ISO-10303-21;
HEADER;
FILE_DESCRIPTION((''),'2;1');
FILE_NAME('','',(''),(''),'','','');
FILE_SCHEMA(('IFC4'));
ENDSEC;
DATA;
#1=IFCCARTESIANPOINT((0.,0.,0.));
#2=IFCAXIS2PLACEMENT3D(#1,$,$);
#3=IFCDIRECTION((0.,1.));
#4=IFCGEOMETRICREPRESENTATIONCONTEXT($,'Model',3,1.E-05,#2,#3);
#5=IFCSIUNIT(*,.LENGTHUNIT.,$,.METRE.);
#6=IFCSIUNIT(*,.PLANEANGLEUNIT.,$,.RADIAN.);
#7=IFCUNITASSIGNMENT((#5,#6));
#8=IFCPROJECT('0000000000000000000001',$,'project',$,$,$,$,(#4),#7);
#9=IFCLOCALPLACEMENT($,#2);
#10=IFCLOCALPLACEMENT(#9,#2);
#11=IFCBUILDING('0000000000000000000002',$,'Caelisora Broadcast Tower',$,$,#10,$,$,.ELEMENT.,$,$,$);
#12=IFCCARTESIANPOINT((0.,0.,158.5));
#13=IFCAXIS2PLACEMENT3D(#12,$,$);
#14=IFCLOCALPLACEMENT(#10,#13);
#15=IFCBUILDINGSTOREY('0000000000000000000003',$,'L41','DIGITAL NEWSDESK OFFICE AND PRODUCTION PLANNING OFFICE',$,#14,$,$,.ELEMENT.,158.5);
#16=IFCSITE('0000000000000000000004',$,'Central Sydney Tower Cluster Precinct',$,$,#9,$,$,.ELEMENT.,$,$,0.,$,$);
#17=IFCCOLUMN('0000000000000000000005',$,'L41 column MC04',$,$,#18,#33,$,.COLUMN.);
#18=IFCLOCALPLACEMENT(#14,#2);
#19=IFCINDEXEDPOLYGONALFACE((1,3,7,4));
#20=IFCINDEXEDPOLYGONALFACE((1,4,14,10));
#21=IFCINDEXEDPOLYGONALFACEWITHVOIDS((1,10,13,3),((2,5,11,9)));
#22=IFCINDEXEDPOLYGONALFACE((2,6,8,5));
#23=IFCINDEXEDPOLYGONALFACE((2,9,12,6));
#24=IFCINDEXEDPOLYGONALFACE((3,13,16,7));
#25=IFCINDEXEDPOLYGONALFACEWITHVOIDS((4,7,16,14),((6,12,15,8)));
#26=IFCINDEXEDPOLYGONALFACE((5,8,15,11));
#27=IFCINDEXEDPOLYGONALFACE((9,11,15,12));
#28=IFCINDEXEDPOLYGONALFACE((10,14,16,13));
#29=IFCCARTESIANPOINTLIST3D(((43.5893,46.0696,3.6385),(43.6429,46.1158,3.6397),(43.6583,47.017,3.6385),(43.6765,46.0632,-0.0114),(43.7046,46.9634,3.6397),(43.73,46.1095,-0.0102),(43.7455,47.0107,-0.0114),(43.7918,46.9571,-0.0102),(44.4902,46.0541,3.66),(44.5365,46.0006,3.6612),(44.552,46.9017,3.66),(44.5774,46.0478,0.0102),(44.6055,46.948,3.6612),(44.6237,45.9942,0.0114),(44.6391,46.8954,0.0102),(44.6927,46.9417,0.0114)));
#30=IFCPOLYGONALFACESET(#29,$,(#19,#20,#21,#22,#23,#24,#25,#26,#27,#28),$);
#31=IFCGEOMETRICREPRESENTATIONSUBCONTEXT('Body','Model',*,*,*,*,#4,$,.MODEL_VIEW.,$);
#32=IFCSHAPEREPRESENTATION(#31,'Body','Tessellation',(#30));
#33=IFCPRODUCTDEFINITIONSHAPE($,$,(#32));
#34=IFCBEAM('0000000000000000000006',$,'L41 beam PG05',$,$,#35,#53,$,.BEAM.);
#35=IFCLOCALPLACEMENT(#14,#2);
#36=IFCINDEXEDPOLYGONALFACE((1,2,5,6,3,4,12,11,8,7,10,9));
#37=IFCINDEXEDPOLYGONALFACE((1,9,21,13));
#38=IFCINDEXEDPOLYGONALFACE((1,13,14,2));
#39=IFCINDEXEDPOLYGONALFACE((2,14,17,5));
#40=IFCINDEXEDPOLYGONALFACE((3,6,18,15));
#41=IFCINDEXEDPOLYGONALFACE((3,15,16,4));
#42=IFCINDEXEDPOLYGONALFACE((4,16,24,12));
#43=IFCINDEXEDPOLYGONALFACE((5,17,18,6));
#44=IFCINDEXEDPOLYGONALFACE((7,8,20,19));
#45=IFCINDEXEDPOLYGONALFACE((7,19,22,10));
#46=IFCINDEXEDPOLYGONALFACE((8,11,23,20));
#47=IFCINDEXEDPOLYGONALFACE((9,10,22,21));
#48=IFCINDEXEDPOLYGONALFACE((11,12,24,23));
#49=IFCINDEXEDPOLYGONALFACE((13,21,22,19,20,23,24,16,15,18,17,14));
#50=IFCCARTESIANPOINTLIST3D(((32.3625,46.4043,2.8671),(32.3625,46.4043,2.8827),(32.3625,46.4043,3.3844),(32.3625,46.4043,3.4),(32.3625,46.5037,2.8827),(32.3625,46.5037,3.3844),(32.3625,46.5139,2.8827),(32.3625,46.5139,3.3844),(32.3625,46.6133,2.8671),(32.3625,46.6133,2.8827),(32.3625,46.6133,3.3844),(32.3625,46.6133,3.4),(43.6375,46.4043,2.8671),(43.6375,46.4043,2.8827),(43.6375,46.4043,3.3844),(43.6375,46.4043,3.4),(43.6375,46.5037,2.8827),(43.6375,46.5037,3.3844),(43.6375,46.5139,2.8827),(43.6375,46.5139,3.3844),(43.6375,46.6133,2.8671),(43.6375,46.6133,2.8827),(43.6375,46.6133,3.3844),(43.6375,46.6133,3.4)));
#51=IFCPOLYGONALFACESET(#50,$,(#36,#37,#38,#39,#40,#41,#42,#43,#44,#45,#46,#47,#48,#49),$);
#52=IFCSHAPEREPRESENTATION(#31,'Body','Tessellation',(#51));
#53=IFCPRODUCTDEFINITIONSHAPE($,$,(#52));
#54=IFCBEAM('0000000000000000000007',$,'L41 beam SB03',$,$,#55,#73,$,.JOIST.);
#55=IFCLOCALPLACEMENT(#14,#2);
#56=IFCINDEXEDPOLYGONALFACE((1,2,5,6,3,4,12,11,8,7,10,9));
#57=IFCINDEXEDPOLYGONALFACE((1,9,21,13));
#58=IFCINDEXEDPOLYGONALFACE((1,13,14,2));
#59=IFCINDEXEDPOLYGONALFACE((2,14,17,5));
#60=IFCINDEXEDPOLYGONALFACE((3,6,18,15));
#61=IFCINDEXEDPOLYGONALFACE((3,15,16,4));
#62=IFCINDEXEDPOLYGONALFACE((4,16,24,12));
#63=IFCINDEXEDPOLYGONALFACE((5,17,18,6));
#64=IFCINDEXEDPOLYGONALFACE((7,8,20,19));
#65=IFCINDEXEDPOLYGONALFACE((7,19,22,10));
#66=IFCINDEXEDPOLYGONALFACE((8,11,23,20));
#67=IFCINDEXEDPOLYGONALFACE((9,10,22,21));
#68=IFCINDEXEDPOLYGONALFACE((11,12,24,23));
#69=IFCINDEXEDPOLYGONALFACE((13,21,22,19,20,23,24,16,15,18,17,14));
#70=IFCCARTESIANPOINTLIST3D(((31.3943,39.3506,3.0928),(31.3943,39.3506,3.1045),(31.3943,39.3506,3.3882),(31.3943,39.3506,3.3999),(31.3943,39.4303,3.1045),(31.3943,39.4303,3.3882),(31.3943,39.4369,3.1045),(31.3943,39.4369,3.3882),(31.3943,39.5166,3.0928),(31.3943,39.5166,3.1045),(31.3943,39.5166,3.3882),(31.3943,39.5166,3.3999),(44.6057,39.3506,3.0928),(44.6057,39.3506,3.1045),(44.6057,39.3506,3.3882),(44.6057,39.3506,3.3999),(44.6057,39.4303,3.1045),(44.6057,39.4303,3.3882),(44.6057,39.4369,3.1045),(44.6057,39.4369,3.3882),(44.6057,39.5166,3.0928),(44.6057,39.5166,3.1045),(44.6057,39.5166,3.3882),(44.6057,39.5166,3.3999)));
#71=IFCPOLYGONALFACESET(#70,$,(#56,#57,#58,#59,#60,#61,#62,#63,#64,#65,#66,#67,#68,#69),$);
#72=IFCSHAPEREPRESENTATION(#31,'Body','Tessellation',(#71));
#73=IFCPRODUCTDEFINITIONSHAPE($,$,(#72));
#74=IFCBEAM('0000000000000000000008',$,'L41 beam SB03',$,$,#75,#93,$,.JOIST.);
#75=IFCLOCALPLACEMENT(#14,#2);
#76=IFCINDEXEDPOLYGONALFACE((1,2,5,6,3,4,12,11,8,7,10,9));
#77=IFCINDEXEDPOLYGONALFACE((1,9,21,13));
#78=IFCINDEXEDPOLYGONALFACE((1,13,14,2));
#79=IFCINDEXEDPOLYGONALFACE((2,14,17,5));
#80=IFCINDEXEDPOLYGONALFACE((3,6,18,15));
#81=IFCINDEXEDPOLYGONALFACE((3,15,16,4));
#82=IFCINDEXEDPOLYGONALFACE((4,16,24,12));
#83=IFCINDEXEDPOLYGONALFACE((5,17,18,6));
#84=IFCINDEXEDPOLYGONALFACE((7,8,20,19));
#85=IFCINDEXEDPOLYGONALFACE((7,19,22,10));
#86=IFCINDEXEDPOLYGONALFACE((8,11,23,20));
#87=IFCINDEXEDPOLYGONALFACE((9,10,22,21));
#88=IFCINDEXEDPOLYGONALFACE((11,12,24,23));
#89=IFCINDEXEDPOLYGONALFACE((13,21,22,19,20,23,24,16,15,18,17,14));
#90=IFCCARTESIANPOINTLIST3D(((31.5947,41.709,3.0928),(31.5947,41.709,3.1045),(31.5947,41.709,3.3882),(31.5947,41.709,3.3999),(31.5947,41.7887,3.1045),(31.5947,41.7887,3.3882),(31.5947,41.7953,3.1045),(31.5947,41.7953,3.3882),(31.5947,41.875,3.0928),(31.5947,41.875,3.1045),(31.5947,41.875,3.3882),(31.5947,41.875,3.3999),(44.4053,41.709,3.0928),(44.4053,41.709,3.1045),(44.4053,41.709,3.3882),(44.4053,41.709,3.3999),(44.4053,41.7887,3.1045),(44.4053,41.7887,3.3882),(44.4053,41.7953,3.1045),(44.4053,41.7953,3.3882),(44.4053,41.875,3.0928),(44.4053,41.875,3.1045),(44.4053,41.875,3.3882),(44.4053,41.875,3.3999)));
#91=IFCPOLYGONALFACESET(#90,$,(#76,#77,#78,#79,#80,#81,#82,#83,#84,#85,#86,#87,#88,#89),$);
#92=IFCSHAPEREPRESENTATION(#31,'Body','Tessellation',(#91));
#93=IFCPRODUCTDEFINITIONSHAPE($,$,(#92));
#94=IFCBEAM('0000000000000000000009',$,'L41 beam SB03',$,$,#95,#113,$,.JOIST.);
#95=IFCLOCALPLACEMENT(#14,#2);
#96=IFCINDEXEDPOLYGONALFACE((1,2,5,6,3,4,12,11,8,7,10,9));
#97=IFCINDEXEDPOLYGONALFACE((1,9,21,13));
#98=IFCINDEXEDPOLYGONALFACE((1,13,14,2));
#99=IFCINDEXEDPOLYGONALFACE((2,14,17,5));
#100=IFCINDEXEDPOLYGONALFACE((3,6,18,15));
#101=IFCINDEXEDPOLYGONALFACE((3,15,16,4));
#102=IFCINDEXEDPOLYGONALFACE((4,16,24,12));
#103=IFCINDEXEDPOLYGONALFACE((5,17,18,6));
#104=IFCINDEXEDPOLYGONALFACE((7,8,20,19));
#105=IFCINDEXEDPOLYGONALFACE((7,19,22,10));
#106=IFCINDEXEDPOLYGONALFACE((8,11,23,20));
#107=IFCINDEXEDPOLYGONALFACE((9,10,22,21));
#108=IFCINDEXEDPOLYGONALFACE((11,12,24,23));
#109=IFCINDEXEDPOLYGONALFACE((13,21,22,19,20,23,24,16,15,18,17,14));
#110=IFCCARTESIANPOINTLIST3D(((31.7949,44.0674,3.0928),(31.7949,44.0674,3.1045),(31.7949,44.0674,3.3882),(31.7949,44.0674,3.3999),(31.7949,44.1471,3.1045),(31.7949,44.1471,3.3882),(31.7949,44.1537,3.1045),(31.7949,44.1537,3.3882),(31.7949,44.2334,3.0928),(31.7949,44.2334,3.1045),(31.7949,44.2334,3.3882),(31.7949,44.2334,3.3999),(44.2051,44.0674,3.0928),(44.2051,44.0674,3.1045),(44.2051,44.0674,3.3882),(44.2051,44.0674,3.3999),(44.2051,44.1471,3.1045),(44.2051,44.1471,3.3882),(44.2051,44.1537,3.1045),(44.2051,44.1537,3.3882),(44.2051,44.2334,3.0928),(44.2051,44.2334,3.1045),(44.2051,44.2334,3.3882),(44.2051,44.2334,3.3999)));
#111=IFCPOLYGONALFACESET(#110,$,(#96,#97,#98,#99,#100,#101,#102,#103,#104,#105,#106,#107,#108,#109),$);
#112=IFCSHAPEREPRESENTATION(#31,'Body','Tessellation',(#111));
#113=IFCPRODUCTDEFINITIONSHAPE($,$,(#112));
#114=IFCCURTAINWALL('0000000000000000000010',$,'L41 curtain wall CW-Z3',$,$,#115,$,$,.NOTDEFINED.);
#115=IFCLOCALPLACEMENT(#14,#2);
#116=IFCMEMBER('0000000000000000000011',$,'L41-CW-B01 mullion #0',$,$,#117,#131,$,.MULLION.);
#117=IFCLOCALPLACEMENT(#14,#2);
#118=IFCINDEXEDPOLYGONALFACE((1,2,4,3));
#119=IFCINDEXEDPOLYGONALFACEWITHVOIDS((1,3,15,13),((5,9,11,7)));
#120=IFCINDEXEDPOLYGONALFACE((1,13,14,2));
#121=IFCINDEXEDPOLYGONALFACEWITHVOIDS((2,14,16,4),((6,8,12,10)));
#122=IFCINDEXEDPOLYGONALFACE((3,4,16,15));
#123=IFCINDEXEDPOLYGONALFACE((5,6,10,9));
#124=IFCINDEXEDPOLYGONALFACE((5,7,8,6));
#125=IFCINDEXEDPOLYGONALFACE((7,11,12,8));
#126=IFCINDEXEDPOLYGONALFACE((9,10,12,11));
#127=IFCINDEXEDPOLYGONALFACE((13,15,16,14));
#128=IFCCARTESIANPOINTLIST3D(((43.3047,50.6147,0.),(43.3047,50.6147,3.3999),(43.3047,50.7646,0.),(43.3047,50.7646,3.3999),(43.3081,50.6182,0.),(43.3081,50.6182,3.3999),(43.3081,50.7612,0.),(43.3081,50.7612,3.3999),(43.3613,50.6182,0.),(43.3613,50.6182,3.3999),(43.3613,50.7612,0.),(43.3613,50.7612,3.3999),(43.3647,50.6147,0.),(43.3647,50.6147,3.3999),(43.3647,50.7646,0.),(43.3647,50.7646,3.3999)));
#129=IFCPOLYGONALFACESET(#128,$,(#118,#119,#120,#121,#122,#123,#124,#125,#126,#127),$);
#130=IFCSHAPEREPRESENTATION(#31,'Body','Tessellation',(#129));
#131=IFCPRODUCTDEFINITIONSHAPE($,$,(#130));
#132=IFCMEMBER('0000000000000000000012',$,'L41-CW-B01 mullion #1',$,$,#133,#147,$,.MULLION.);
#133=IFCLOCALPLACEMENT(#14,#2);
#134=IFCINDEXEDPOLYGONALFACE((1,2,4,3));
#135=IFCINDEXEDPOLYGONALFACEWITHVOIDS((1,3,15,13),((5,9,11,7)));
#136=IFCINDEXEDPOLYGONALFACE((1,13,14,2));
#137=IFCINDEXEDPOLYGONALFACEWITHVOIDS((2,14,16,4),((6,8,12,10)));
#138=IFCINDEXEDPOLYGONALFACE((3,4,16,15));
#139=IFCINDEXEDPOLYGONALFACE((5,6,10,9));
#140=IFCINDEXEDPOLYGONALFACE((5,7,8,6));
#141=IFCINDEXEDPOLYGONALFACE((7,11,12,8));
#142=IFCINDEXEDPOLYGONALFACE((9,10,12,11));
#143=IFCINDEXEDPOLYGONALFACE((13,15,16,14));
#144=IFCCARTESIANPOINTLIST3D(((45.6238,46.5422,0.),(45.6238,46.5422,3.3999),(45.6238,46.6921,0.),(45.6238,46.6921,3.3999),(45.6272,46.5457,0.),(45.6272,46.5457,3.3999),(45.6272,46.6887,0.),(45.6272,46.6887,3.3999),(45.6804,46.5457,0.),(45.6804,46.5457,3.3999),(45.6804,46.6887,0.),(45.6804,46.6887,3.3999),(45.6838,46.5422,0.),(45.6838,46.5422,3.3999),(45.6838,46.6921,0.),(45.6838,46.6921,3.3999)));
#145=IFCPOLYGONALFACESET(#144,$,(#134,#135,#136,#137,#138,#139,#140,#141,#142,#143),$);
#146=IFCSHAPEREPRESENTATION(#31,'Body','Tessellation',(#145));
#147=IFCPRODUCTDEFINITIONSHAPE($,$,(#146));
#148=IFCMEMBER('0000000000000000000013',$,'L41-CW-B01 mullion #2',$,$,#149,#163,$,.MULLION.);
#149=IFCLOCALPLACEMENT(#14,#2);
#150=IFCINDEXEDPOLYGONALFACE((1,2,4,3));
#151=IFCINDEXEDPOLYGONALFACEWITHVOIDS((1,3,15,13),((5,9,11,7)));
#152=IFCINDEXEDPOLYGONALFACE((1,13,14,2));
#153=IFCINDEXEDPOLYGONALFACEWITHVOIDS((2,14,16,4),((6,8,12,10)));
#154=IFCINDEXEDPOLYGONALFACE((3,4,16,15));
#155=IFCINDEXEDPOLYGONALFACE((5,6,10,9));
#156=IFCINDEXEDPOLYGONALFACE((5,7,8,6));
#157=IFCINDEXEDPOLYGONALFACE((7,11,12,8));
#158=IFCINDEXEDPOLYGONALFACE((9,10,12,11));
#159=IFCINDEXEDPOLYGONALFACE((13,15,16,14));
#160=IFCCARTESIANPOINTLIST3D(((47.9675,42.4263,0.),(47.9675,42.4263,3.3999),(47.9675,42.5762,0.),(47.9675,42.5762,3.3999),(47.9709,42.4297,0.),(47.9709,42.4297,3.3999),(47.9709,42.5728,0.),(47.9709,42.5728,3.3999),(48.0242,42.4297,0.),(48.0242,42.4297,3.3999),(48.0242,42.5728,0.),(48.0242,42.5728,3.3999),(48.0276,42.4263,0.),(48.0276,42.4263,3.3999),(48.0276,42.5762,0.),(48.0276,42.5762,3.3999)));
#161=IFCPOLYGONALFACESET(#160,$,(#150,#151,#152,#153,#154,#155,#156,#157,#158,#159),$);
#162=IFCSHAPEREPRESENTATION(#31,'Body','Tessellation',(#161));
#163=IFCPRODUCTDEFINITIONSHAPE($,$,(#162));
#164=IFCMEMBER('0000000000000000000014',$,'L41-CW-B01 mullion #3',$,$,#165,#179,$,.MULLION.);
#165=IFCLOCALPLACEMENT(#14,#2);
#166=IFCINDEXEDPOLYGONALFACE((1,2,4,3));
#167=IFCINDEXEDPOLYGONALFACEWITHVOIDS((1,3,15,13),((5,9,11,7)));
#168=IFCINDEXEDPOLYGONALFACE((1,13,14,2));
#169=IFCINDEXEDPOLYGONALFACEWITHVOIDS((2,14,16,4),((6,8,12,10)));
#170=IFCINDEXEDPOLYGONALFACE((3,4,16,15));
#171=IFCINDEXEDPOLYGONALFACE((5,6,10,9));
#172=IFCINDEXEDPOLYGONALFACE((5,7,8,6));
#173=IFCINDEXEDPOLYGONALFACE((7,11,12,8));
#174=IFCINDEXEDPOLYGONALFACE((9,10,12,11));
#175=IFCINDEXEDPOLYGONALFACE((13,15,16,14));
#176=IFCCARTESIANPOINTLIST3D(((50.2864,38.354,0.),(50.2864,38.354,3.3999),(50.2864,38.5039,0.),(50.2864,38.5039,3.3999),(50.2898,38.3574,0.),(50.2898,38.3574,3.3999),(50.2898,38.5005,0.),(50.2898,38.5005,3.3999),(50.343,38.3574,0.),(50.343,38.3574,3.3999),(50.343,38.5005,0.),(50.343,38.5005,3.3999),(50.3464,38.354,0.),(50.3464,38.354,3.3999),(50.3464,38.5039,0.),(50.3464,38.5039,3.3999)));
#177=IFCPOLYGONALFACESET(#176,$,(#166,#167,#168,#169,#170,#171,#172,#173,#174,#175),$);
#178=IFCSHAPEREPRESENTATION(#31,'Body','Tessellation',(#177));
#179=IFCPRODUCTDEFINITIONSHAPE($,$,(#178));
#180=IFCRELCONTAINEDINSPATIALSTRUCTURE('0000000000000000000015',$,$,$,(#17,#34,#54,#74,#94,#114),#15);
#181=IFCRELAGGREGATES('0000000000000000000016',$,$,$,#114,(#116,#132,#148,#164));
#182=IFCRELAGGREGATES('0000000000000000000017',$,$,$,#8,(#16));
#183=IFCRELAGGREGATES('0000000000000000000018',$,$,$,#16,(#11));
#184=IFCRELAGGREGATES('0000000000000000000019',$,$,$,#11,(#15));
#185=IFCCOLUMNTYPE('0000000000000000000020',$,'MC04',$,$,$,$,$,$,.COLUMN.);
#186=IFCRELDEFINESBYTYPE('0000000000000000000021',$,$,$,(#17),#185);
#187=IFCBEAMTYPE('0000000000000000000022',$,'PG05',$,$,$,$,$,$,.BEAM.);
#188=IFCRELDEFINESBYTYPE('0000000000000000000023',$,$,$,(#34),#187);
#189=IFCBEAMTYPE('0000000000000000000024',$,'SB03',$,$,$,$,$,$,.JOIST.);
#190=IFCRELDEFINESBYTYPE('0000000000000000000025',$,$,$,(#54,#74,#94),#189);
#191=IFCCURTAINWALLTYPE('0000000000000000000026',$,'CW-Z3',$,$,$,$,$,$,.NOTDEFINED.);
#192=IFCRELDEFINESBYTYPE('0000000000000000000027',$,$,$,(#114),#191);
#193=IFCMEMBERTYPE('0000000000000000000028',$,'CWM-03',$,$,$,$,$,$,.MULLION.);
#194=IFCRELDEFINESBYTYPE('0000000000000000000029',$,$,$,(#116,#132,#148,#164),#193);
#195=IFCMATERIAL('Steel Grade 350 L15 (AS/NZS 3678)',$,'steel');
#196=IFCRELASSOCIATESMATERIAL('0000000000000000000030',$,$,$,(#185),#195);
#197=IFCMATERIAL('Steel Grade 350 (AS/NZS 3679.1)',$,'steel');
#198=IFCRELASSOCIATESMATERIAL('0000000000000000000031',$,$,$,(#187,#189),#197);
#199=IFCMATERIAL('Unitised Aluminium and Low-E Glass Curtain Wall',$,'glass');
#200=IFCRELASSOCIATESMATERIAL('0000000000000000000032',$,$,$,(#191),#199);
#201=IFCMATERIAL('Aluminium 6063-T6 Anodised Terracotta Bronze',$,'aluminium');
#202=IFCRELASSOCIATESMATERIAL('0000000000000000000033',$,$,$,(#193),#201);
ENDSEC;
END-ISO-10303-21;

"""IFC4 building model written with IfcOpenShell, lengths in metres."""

from ifc_helpers import new_model, si_unit, direction, frame, origin, origin_2d, place, context, subcontext, project, spatial, hollow_rectangle, i_section, extrude, source, transform, mapped, material, material_profile, profile_set, type_object, type_shapes, element, aggregate, save


model = new_model("IFC4")

# Units and contexts
model_context = context("Model", 3, precision=1e-05, world=origin(), true_north=direction((0.0, 1.0)))
body_context = subcontext(model_context, "Body", "Model", "MODEL_VIEW")
ifc_project = project(units=[si_unit("LENGTHUNIT", "METRE"), si_unit("PLANEANGLEUNIT", "RADIAN")], contexts=[model_context])

# Site, building, storey
site_placement = place(None, origin())
site = spatial("IfcSite", under=ifc_project, at=site_placement, Name="Central Sydney Tower Cluster Precinct", CompositionType="ELEMENT", RefElevation=0.0)
building_placement = place(site_placement, origin())
building = spatial("IfcBuilding", under=site, at=building_placement, Name="Caelisora Broadcast Tower", CompositionType="ELEMENT")
storey_placement = place(building_placement, frame((0.0, 0.0, 158.5)))
storey = spatial("IfcBuildingStorey", under=building, at=storey_placement, Name="L41", Description="DIGITAL NEWSDESK OFFICE AND PRODUCTION PLANNING OFFICE", CompositionType="ELEMENT", Elevation=158.5)

# Column
ifc_material_1 = material(Name="Steel Grade 350 L15 (AS/NZS 3678)", Category="steel")
ifc_material_profile_1 = material_profile(ifc_material_1, hollow_rectangle(XDim=0.95, YDim=0.95, WallThickness=0.05, at=origin_2d()), Name="Steel Grade 350 L15 (AS/NZS 3678)")
ifc_profile_set_1 = profile_set([ifc_material_profile_1], Name="Steel Grade 350 L15 (AS/NZS 3678)")
column_type = type_object("IfcColumnType", Name="MC04", PredefinedType="COLUMN", material=ifc_profile_set_1)
shared_shape_1 = source(origin(), body_context, "Body", "SweptSolid", [
    extrude(hollow_rectangle(XDim=0.95, YDim=0.95, WallThickness=0.05, at=origin_2d()), origin(), (0.0, 0.0, 1.0), 3.6509),
])
type_shapes(column_type, [shared_shape_1])
column_placement = place(storey_placement, frame((44.1846, 46.5024, 0.0), z_axis=(-0.023873, 0.001739, 0.999713), x_axis=(-0.072637, -0.997358, 0.0)))
element("IfcColumn", 1, at=column_placement, inside=storey, type_object=column_type, Name="L41 column MC04", PredefinedType="COLUMN", context=body_context, shape_type="MappedRepresentation", body=[
    mapped(shared_shape_1, transform((0.0, 0.0, 0.0), scale=1.0)),
])

# Beams
ifc_material_2 = material(Name="Steel Grade 350 (AS/NZS 3679.1)", Category="steel")
ifc_material_profile_2 = material_profile(ifc_material_2, i_section(OverallWidth=0.209, OverallDepth=0.533, WebThickness=0.0103, FlangeThickness=0.0156, at=origin_2d()), Name="Steel Grade 350 (AS/NZS 3679.1)")
ifc_profile_set_2 = profile_set([ifc_material_profile_2], Name="Steel Grade 350 (AS/NZS 3679.1)")
beam_type_1 = type_object("IfcBeamType", Name="PG05", PredefinedType="BEAM", material=ifc_profile_set_2)
shared_shape_2 = source(origin(), body_context, "Body", "SweptSolid", [
    extrude(i_section(OverallWidth=0.209, OverallDepth=0.533, WebThickness=0.0103, FlangeThickness=0.0156, at=origin_2d()), origin(), (0.0, 0.0, 1.0), 11.2749),
])
type_shapes(beam_type_1, [shared_shape_2])
beam_1_placement = place(storey_placement, frame((43.6375, 46.5088, 3.1335), z_axis=(-1.0, 0.0, 0.0), x_axis=(0.0, -1.0, 0.0)))
element("IfcBeam", 2, at=beam_1_placement, inside=storey, type_object=beam_type_1, Name="L41 beam PG05", PredefinedType="BEAM", context=body_context, shape_type="MappedRepresentation", body=[
    mapped(shared_shape_2, transform((0.0, 0.0, 0.0), scale=1.0)),
])
ifc_material_profile_3 = material_profile(ifc_material_2, i_section(OverallWidth=0.166, OverallDepth=0.3071, WebThickness=0.0066, FlangeThickness=0.0117, at=origin_2d()), Name="Steel Grade 350 (AS/NZS 3679.1)")
ifc_profile_set_3 = profile_set([ifc_material_profile_3], Name="Steel Grade 350 (AS/NZS 3679.1)")
beam_type_2 = type_object("IfcBeamType", Name="SB03", PredefinedType="JOIST", material=ifc_profile_set_3)
shared_shape_3 = source(origin(), body_context, "Body", "SweptSolid", [
    extrude(i_section(OverallWidth=0.166, OverallDepth=0.3071, WebThickness=0.0066, FlangeThickness=0.0117, at=origin_2d()), origin(), (0.0, 0.0, 1.0), 13.2114),
])
beam_2_placement = place(storey_placement, frame((44.6057, 39.4336, 3.2463), z_axis=(-1.0, 0.0, 0.0), x_axis=(0.0, -1.0, 0.0)))
element("IfcBeam", 3, at=beam_2_placement, inside=storey, type_object=beam_type_2, Name="L41 beam SB03", PredefinedType="JOIST", context=body_context, shape_type="MappedRepresentation", body=[
    mapped(shared_shape_3, transform((0.0, 0.0, 0.0), scale=1.0)),
])
shared_shape_4 = source(origin(), body_context, "Body", "SweptSolid", [
    extrude(i_section(OverallWidth=0.166, OverallDepth=0.3071, WebThickness=0.0066, FlangeThickness=0.0117, at=origin_2d()), origin(), (0.0, 0.0, 1.0), 12.8105),
])
beam_3_placement = place(storey_placement, frame((44.4053, 41.792, 3.2463), z_axis=(-1.0, 0.0, 0.0), x_axis=(0.0, -1.0, 0.0)))
element("IfcBeam", 4, at=beam_3_placement, inside=storey, type_object=beam_type_2, Name="L41 beam SB03", PredefinedType="JOIST", context=body_context, shape_type="MappedRepresentation", body=[
    mapped(shared_shape_4, transform((0.0, 0.0, 0.0), scale=1.0)),
])
shared_shape_5 = source(origin(), body_context, "Body", "SweptSolid", [
    extrude(i_section(OverallWidth=0.166, OverallDepth=0.3071, WebThickness=0.0066, FlangeThickness=0.0117, at=origin_2d()), origin(), (0.0, 0.0, 1.0), 12.4102),
])
type_shapes(beam_type_2, [shared_shape_3, shared_shape_4, shared_shape_5])
beam_4_placement = place(storey_placement, frame((44.2051, 44.1504, 3.2463), z_axis=(-1.0, 0.0, 0.0), x_axis=(0.0, -1.0, 0.0)))
element("IfcBeam", 5, at=beam_4_placement, inside=storey, type_object=beam_type_2, Name="L41 beam SB03", PredefinedType="JOIST", context=body_context, shape_type="MappedRepresentation", body=[
    mapped(shared_shape_5, transform((0.0, 0.0, 0.0), scale=1.0)),
])

# Curtain wall, members
ifc_material_3 = material(Name="Unitised Aluminium and Low-E Glass Curtain Wall", Category="glass")
curtain_wall_type_1 = type_object("IfcCurtainWallType", Name="CW-Z3", PredefinedType="NOTDEFINED", material=ifc_material_3)
curtain_wall_1_placement = place(storey_placement, origin())
curtain_wall_1 = element("IfcCurtainWall", 6, at=curtain_wall_1_placement, inside=storey, type_object=curtain_wall_type_1, Name="L41 curtain wall CW-Z3", PredefinedType="NOTDEFINED")
ifc_material_4 = material(Name="Aluminium 6063-T6 Anodised Terracotta Bronze", Category="aluminium")
ifc_material_profile_4 = material_profile(ifc_material_4, hollow_rectangle(XDim=0.0601, YDim=0.1499, WallThickness=0.0034, at=origin_2d()), Name="Aluminium 6063-T6 Anodised Terracotta Bronze")
ifc_profile_set_4 = profile_set([ifc_material_profile_4], Name="Aluminium 6063-T6 Anodised Terracotta Bronze")
member_type_1 = type_object("IfcMemberType", Name="CWM-03", PredefinedType="MULLION", material=ifc_profile_set_4)
shared_shape_6 = source(origin(), body_context, "Body", "SweptSolid", [
    extrude(hollow_rectangle(XDim=0.0601, YDim=0.1499, WallThickness=0.0034, at=origin_2d()), origin(), (0.0, 0.0, 1.0), 3.3999),
])
type_shapes(member_type_1, [shared_shape_6])
member_1_placement = place(storey_placement, frame((43.3347, 50.6897, 0.0), z_axis=(0.0, 0.0, 1.0), x_axis=(1.0, 0.0, 0.0)))
member_1 = element("IfcMember", 7, at=member_1_placement, type_object=member_type_1, Name="L41-CW-B01 mullion #0", PredefinedType="MULLION", context=body_context, shape_type="MappedRepresentation", body=[
    mapped(shared_shape_6, transform((0.0, 0.0, 0.0), scale=1.0)),
])
member_2_placement = place(storey_placement, frame((45.6538, 46.6172, 0.0), z_axis=(0.0, 0.0, 1.0), x_axis=(1.0, 0.0, 0.0)))
member_2 = element("IfcMember", 8, at=member_2_placement, type_object=member_type_1, Name="L41-CW-B01 mullion #1", PredefinedType="MULLION", context=body_context, shape_type="MappedRepresentation", body=[
    mapped(shared_shape_6, transform((0.0, 0.0, 0.0), scale=1.0)),
])
member_3_placement = place(storey_placement, frame((47.9976, 42.5012, 0.0), z_axis=(0.0, 0.0, 1.0), x_axis=(1.0, 0.0, 0.0)))
member_3 = element("IfcMember", 9, at=member_3_placement, type_object=member_type_1, Name="L41-CW-B01 mullion #2", PredefinedType="MULLION", context=body_context, shape_type="MappedRepresentation", body=[
    mapped(shared_shape_6, transform((0.0, 0.0, 0.0), scale=1.0)),
])
member_4_placement = place(storey_placement, frame((50.3164, 38.429, 0.0), z_axis=(0.0, 0.0, 1.0), x_axis=(1.0, 0.0, 0.0)))
member_4 = element("IfcMember", 10, at=member_4_placement, type_object=member_type_1, Name="L41-CW-B01 mullion #3", PredefinedType="MULLION", context=body_context, shape_type="MappedRepresentation", body=[
    mapped(shared_shape_6, transform((0.0, 0.0, 0.0), scale=1.0)),
])

aggregate(curtain_wall_1, [member_1, member_2, member_3, member_4])

save(model, "model.ifc")
